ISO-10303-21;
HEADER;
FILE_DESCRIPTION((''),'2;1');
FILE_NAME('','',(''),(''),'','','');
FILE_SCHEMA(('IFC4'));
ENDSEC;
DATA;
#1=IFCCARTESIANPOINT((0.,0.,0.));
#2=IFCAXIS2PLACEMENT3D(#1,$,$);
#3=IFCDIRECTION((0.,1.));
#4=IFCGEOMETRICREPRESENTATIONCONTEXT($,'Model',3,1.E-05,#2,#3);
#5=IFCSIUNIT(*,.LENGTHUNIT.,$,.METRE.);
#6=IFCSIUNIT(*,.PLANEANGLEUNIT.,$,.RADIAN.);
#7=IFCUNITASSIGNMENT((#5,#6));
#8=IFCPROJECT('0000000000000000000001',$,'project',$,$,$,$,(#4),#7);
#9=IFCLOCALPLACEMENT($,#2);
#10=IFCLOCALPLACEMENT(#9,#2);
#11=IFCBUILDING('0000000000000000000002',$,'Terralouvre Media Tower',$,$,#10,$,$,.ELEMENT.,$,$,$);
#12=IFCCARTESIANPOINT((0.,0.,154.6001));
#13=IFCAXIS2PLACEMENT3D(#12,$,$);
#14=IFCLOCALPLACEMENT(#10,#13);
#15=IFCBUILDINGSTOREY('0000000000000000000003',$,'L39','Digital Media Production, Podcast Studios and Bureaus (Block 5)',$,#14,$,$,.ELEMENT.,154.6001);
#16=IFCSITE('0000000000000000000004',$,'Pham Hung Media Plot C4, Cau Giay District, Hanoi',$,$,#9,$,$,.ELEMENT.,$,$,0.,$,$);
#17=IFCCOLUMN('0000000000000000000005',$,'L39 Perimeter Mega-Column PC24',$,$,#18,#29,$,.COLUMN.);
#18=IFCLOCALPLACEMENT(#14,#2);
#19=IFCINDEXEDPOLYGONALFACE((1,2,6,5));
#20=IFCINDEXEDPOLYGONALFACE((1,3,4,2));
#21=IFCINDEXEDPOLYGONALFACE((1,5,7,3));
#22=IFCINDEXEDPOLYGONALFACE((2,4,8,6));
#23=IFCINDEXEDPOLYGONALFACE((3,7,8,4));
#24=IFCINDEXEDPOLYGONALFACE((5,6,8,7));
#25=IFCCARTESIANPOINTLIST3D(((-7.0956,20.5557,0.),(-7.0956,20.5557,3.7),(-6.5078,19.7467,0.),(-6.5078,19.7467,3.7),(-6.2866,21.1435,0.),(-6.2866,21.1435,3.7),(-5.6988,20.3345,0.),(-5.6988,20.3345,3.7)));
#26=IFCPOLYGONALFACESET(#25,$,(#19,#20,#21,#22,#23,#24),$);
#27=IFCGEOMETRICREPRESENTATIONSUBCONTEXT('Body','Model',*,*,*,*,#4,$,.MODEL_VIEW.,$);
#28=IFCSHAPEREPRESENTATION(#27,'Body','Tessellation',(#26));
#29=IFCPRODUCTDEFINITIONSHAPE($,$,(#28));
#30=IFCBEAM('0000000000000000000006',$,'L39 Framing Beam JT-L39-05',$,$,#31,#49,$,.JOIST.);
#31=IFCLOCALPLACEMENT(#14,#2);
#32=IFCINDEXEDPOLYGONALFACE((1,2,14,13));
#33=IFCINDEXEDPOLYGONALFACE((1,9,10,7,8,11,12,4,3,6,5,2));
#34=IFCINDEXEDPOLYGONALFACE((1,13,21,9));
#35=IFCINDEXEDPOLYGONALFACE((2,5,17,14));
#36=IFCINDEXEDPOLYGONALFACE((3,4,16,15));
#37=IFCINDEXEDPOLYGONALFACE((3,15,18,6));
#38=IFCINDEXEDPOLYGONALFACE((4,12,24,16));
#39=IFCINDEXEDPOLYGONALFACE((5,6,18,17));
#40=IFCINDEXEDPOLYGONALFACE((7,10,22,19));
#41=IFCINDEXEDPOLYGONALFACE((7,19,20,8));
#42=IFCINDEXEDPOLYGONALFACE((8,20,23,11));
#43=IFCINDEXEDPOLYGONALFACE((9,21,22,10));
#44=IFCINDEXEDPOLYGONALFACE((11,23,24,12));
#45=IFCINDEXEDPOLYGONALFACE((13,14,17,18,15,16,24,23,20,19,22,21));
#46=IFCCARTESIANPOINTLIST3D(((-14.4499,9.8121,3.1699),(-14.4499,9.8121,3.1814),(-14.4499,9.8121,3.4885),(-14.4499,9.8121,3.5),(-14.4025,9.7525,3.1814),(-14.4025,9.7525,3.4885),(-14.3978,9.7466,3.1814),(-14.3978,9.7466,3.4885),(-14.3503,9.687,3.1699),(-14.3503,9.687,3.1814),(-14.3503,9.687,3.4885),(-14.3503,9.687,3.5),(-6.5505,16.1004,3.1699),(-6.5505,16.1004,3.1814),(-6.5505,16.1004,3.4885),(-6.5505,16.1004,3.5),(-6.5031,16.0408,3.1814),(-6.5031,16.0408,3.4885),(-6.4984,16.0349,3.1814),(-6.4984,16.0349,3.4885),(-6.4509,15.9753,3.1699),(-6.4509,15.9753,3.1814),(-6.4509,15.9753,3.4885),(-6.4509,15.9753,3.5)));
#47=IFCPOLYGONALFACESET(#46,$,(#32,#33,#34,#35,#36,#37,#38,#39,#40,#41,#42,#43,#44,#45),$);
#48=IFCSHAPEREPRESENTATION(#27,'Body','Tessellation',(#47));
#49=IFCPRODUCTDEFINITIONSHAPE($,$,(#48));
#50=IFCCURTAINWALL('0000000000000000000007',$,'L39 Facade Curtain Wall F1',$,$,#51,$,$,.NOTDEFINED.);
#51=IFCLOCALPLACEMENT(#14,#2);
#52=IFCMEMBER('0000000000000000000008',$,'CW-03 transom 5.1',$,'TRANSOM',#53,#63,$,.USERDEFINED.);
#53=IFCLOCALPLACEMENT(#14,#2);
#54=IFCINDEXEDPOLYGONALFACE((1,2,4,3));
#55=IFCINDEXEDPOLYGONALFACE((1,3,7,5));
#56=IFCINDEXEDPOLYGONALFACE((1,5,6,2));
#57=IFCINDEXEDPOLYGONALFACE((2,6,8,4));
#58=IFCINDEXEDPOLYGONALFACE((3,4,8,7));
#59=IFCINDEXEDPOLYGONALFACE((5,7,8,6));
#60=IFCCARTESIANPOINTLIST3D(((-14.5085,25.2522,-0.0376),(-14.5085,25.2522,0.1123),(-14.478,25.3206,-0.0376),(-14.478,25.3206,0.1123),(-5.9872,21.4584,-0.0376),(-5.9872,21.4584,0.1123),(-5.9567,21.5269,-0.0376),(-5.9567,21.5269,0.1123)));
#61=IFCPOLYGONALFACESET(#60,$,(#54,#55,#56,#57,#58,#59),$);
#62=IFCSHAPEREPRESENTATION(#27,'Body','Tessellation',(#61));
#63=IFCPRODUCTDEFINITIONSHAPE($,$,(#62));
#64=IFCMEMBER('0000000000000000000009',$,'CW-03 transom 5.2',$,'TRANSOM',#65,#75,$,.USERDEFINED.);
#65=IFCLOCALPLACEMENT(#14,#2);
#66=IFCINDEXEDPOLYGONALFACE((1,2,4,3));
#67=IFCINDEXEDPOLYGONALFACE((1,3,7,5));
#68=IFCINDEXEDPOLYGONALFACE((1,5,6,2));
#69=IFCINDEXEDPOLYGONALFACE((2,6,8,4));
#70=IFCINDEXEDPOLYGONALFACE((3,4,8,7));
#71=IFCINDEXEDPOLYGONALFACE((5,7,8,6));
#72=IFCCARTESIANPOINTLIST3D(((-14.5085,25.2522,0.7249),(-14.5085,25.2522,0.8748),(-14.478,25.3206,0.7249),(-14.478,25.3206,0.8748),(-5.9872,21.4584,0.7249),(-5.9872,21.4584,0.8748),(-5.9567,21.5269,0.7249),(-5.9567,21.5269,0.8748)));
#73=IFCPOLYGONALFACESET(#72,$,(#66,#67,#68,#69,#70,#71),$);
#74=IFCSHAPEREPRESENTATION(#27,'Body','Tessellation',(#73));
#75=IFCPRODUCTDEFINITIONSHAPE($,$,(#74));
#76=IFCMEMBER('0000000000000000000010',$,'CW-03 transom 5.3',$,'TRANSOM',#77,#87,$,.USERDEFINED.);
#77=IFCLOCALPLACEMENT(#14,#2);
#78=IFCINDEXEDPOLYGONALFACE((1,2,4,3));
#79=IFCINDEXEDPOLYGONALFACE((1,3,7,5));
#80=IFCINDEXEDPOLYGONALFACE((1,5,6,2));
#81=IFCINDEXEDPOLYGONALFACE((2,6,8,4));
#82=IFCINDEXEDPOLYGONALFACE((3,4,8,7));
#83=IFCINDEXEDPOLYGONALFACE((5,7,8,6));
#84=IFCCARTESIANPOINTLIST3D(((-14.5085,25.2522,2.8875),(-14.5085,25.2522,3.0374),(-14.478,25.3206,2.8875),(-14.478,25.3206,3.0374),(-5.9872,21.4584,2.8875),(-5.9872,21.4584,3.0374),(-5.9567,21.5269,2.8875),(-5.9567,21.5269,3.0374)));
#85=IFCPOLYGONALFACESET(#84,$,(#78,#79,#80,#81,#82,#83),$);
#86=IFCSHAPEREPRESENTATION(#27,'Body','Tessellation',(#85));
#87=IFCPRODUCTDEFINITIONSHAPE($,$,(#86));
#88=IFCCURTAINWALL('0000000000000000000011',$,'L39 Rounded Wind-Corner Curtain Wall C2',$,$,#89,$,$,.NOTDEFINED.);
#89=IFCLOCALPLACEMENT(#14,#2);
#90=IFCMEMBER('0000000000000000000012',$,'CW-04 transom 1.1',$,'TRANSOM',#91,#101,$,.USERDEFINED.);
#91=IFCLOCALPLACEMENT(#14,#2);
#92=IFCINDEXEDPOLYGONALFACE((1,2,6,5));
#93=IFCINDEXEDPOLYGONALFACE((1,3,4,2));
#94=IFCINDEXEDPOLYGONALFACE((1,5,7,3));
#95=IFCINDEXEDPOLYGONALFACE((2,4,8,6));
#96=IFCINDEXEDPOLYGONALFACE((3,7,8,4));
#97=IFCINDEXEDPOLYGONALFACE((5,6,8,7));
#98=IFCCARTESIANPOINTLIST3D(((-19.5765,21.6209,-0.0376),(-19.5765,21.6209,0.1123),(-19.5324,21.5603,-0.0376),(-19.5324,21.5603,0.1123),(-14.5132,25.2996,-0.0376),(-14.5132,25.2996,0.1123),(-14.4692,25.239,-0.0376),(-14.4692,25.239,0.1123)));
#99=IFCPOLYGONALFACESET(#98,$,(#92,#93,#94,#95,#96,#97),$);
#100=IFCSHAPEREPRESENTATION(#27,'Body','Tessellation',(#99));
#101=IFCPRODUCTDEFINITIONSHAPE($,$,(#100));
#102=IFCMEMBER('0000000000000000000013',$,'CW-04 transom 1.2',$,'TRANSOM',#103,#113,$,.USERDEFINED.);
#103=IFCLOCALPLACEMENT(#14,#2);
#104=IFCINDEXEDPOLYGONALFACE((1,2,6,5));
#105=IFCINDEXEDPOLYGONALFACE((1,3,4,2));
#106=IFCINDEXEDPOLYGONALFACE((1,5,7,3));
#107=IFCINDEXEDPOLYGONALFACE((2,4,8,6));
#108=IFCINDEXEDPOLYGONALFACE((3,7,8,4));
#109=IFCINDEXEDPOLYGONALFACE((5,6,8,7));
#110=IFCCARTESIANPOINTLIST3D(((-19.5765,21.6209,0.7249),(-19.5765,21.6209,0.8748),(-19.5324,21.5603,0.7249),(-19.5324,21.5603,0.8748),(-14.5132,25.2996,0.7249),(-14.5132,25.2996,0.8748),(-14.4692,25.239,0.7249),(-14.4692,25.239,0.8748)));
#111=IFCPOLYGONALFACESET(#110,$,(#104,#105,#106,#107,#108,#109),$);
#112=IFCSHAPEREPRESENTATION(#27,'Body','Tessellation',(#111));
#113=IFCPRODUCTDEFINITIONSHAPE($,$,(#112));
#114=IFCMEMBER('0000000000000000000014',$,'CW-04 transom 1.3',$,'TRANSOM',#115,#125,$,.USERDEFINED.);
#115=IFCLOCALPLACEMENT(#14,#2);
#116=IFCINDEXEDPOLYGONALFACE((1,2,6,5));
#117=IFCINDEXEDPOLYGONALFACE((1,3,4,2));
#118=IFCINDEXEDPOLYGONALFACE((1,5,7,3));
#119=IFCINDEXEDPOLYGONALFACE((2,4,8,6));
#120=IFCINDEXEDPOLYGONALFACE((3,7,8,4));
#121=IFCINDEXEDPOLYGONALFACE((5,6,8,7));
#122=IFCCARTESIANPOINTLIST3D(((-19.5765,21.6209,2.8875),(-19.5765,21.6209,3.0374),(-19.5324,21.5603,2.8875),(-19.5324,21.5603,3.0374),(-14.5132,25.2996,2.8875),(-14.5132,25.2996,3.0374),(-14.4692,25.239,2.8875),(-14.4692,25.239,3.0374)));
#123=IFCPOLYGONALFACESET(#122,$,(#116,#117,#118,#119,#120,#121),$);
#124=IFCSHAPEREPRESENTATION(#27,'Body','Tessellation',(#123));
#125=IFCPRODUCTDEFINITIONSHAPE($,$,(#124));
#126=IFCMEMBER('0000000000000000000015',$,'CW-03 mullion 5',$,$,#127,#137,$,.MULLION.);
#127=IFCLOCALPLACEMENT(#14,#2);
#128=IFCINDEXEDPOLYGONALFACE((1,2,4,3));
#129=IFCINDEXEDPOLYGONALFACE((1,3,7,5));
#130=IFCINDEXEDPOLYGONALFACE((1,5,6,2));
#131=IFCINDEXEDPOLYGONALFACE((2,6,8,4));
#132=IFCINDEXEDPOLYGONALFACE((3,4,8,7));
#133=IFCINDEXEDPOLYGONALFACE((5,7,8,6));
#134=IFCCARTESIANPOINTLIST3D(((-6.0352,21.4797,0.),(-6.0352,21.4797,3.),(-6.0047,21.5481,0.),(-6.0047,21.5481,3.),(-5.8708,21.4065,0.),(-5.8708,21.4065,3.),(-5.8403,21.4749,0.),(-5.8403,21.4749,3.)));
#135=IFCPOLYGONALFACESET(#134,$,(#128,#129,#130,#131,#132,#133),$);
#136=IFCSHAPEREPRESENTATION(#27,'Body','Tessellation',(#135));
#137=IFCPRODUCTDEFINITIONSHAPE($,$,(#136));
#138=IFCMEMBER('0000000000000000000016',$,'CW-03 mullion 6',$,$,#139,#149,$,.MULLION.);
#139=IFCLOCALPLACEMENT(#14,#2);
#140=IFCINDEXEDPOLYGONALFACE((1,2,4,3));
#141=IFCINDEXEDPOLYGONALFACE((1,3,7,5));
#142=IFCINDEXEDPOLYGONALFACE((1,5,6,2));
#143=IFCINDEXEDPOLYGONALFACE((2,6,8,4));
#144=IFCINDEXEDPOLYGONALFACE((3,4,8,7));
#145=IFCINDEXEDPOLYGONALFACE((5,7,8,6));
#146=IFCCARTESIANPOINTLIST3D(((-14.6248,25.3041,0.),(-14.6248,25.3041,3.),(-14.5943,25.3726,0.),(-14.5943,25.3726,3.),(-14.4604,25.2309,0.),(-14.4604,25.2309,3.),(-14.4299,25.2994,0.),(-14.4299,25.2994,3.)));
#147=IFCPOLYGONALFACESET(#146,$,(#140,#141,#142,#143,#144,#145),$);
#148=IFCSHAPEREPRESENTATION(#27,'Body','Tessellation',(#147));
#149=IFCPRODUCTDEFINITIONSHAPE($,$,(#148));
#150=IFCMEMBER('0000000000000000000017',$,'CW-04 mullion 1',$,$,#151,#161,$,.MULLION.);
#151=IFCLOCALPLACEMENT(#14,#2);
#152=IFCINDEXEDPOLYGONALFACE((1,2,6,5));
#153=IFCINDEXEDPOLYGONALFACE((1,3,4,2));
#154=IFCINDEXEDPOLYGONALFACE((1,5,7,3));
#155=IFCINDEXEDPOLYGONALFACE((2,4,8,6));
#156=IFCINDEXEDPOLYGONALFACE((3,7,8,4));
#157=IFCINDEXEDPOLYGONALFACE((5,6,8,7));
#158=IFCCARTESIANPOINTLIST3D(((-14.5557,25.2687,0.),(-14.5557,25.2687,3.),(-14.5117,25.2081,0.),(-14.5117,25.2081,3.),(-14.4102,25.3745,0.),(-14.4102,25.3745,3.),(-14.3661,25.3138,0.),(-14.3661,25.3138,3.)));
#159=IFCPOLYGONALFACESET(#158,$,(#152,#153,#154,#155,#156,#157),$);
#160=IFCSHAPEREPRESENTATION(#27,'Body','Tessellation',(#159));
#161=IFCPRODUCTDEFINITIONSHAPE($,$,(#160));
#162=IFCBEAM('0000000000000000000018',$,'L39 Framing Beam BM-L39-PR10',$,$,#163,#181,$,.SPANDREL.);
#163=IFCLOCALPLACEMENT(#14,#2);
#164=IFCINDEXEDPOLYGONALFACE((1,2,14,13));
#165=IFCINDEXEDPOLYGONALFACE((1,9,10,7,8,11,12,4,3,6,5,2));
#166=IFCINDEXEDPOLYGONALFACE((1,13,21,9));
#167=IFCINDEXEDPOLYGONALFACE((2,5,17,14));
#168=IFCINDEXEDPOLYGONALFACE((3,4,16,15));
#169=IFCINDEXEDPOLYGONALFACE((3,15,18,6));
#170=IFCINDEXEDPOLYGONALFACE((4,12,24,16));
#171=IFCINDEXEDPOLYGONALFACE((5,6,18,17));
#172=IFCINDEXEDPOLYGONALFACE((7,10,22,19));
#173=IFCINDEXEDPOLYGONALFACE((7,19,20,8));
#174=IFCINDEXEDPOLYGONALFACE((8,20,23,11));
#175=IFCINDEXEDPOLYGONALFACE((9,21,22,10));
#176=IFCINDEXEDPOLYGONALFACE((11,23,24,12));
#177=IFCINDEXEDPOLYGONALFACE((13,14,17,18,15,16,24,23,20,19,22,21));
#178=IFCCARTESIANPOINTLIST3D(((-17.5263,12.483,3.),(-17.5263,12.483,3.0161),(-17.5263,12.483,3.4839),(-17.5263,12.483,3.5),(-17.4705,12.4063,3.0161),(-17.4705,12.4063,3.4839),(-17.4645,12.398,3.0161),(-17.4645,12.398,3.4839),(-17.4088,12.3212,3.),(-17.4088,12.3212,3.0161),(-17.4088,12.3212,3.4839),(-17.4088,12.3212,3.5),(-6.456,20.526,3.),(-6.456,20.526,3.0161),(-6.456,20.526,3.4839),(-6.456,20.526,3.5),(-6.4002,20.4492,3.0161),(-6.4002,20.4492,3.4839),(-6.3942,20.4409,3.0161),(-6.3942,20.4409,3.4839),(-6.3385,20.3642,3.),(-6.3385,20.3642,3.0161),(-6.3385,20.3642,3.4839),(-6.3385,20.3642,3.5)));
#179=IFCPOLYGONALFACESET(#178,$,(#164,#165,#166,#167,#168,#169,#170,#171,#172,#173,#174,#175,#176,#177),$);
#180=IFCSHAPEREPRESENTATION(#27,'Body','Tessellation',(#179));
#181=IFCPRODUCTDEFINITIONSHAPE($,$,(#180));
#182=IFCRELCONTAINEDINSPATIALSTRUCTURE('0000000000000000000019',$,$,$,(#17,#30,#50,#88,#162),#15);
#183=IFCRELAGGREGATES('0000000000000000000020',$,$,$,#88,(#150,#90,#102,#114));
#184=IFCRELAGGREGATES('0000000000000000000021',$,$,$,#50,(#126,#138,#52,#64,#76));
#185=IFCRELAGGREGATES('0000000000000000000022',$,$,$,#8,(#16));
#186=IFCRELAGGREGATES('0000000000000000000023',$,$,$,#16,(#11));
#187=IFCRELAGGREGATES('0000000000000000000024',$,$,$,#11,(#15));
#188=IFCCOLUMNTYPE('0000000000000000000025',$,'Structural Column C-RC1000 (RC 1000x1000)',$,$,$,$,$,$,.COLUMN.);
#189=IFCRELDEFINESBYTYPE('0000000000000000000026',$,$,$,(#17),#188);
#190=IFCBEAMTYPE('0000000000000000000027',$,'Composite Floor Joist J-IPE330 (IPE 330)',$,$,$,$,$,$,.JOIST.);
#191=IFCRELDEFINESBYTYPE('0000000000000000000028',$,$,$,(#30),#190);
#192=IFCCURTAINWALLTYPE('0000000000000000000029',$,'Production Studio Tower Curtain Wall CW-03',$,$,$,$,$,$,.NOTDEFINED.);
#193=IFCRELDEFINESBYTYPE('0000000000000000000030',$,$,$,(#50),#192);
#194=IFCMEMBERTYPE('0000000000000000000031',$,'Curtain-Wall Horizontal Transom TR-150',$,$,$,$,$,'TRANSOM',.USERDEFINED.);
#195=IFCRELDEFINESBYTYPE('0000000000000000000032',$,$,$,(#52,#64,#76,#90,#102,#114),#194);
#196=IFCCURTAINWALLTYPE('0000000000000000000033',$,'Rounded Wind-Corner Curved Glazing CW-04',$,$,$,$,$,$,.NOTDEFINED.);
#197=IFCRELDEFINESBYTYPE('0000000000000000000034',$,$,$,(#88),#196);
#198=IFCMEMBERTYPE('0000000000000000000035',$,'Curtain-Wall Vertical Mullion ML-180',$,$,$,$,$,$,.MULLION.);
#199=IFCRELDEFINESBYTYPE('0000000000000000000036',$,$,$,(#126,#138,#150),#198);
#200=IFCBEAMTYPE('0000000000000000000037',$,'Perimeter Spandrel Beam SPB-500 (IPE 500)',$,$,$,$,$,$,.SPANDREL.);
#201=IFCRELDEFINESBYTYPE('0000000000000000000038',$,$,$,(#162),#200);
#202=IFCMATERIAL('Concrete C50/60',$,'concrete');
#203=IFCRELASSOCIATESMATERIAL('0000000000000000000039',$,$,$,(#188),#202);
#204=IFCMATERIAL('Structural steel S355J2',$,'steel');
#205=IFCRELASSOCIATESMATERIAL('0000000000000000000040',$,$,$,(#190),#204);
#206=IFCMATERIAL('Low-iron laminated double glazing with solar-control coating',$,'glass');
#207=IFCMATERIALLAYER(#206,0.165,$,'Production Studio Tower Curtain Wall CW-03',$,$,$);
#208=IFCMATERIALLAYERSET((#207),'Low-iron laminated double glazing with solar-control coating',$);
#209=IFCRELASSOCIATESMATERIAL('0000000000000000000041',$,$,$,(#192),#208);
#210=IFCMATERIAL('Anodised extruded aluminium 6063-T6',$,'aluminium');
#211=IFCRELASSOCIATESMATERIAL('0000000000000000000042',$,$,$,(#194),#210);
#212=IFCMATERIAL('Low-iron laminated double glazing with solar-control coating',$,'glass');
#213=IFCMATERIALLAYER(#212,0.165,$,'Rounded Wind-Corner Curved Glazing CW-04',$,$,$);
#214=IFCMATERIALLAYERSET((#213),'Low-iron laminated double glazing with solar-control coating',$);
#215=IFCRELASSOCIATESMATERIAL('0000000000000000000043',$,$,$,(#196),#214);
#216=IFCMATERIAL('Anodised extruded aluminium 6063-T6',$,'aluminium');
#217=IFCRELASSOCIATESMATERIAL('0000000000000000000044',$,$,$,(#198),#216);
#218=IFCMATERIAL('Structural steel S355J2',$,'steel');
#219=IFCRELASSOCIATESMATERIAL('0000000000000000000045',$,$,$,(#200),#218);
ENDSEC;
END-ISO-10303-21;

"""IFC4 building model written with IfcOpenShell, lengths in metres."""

from ifc_helpers import new_model, si_unit, direction, frame, origin, origin_2d, place, context, subcontext, project, spatial, rectangle, i_section, extrude, material, layer, layer_set, material_profile, profile_set, type_object, element, aggregate, save


model = new_model("IFC4")

# Units and contexts
model_context = context("Model", 3, precision=1e-05, world=origin(), true_north=direction((0.0, 1.0)))
body_context = subcontext(model_context, "Body", "Model", "MODEL_VIEW")
ifc_project = project(units=[si_unit("LENGTHUNIT", "METRE"), si_unit("PLANEANGLEUNIT", "RADIAN")], contexts=[model_context])

# Site, building, storey
site_placement = place(None, origin())
site = spatial("IfcSite", under=ifc_project, at=site_placement, Name="Pham Hung Media Plot C4, Cau Giay District, Hanoi", CompositionType="ELEMENT", RefElevation=0.0)
building_placement = place(site_placement, origin())
building = spatial("IfcBuilding", under=site, at=building_placement, Name="Terralouvre Media Tower", CompositionType="ELEMENT")
storey_placement = place(building_placement, frame((0.0, 0.0, 154.6001)))
storey = spatial("IfcBuildingStorey", under=building, at=storey_placement, Name="L39", Description="Digital Media Production, Podcast Studios and Bureaus (Block 5)", CompositionType="ELEMENT", Elevation=154.6001)

# Column
ifc_material_1 = material(Name="Concrete C50/60", Category="concrete")
ifc_material_profile_1 = material_profile(ifc_material_1, rectangle(XDim=1.0, YDim=1.0, at=origin_2d()), Name="RC 1000x1000")
ifc_profile_set_1 = profile_set([ifc_material_profile_1], Name="Concrete C50/60")
column_type = type_object("IfcColumnType", Name="Structural Column C-RC1000 (RC 1000x1000)", PredefinedType="COLUMN", material=ifc_profile_set_1)
column_placement = place(storey_placement, frame((-6.3972, 20.4451, 0.0), z_axis=(0.0, 0.0, 1.0), x_axis=(0.809017, 0.587785, 0.0)))
element("IfcColumn", 1, at=column_placement, inside=storey, type_object=column_type, Name="L39 Perimeter Mega-Column PC24", PredefinedType="COLUMN", context=body_context, shape_type="SweptSolid", body=[
    extrude(rectangle(XDim=1.0, YDim=1.0, at=origin_2d()), origin(), (0.0, 0.0, 1.0), 3.7),
])

# Beam
ifc_material_2 = material(Name="Structural steel S355J2", Category="steel")
ifc_material_profile_2 = material_profile(ifc_material_2, i_section(OverallWidth=0.1599, OverallDepth=0.3301, WebThickness=0.0076, FlangeThickness=0.0115, at=origin_2d()), Name="IPE 330")
ifc_profile_set_2 = profile_set([ifc_material_profile_2], Name="Structural steel S355J2")
beam_type_1 = type_object("IfcBeamType", Name="Composite Floor Joist J-IPE330 (IPE 330)", PredefinedType="JOIST", material=ifc_profile_set_2)
beam_1_placement = place(storey_placement, frame((-6.5007, 16.0378, 3.335), z_axis=(-0.782374, -0.622809, 0.0), x_axis=(0.622809, -0.782374, 0.0)))
element("IfcBeam", 2, at=beam_1_placement, inside=storey, type_object=beam_type_1, Name="L39 Framing Beam JT-L39-05", PredefinedType="JOIST", context=body_context, shape_type="SweptSolid", body=[
    extrude(i_section(OverallWidth=0.1599, OverallDepth=0.3301, WebThickness=0.0076, FlangeThickness=0.0115, at=origin_2d()), origin(), (0.0, 0.0, 1.0), 10.0967),
])

# Curtain walls, members
ifc_material_3 = material(Name="Low-iron laminated double glazing with solar-control coating", Category="glass")
ifc_layer_1 = layer(ifc_material_3, 0.165, Name="Production Studio Tower Curtain Wall CW-03")
ifc_layer_set_1 = layer_set([ifc_layer_1], Name="Low-iron laminated double glazing with solar-control coating")
curtain_wall_type_1 = type_object("IfcCurtainWallType", Name="Production Studio Tower Curtain Wall CW-03", PredefinedType="NOTDEFINED", material=ifc_layer_set_1)
curtain_wall_1_placement = place(storey_placement, origin())
curtain_wall_1 = element("IfcCurtainWall", 3, at=curtain_wall_1_placement, inside=storey, type_object=curtain_wall_type_1, Name="L39 Facade Curtain Wall F1", PredefinedType="NOTDEFINED")
ifc_material_4 = material(Name="Anodised extruded aluminium 6063-T6", Category="aluminium")
ifc_material_profile_3 = material_profile(ifc_material_4, rectangle(XDim=0.075, YDim=0.1499, at=origin_2d()), Name="ALU 75x150")
ifc_profile_set_3 = profile_set([ifc_material_profile_3], Name="Anodised extruded aluminium 6063-T6")
member_type_1 = type_object("IfcMemberType", Name="Curtain-Wall Horizontal Transom TR-150", ElementType="TRANSOM", PredefinedType="USERDEFINED", material=ifc_profile_set_3)
member_1_placement = place(storey_placement, frame((-5.9719, 21.4927, 0.0374), z_axis=(-0.913553, 0.406719, 0.0), x_axis=(-0.406719, -0.913553, 0.0)))
member_1 = element("IfcMember", 4, at=member_1_placement, type_object=member_type_1, Name="CW-03 transom 5.1", ObjectType="TRANSOM", PredefinedType="USERDEFINED", context=body_context, shape_type="SweptSolid", body=[
    extrude(rectangle(XDim=0.075, YDim=0.1499, at=origin_2d()), origin(), (0.0, 0.0, 1.0), 9.3276),
])
member_2_placement = place(storey_placement, frame((-5.9719, 21.4927, 0.7998), z_axis=(-0.913553, 0.406719, 0.0), x_axis=(-0.406719, -0.913553, 0.0)))
member_2 = element("IfcMember", 5, at=member_2_placement, type_object=member_type_1, Name="CW-03 transom 5.2", ObjectType="TRANSOM", PredefinedType="USERDEFINED", context=body_context, shape_type="SweptSolid", body=[
    extrude(rectangle(XDim=0.075, YDim=0.1499, at=origin_2d()), origin(), (0.0, 0.0, 1.0), 9.3276),
])
member_3_placement = place(storey_placement, frame((-5.9719, 21.4927, 2.9624), z_axis=(-0.913553, 0.406719, 0.0), x_axis=(-0.406719, -0.913553, 0.0)))
member_3 = element("IfcMember", 6, at=member_3_placement, type_object=member_type_1, Name="CW-03 transom 5.3", ObjectType="TRANSOM", PredefinedType="USERDEFINED", context=body_context, shape_type="SweptSolid", body=[
    extrude(rectangle(XDim=0.075, YDim=0.1499, at=origin_2d()), origin(), (0.0, 0.0, 1.0), 9.3276),
])
ifc_material_5 = material(Name="Low-iron laminated double glazing with solar-control coating", Category="glass")
ifc_layer_2 = layer(ifc_material_5, 0.165, Name="Rounded Wind-Corner Curved Glazing CW-04")
ifc_layer_set_2 = layer_set([ifc_layer_2], Name="Low-iron laminated double glazing with solar-control coating")
curtain_wall_type_2 = type_object("IfcCurtainWallType", Name="Rounded Wind-Corner Curved Glazing CW-04", PredefinedType="NOTDEFINED", material=ifc_layer_set_2)
curtain_wall_2_placement = place(storey_placement, origin())
curtain_wall_2 = element("IfcCurtainWall", 7, at=curtain_wall_2_placement, inside=storey, type_object=curtain_wall_type_2, Name="L39 Rounded Wind-Corner Curtain Wall C2", PredefinedType="NOTDEFINED")
member_4_placement = place(storey_placement, frame((-14.4912, 25.2693, 0.0374), z_axis=(-0.809013, -0.587791, 0.0), x_axis=(0.587791, -0.809013, 0.0)))
member_4 = element("IfcMember", 8, at=member_4_placement, type_object=member_type_1, Name="CW-04 transom 1.1", ObjectType="TRANSOM", PredefinedType="USERDEFINED", context=body_context, shape_type="SweptSolid", body=[
    extrude(rectangle(XDim=0.075, YDim=0.1499, at=origin_2d()), origin(), (0.0, 0.0, 1.0), 6.2585),
])
member_5_placement = place(storey_placement, frame((-14.4912, 25.2693, 0.7998), z_axis=(-0.809013, -0.587791, 0.0), x_axis=(0.587791, -0.809013, 0.0)))
member_5 = element("IfcMember", 9, at=member_5_placement, type_object=member_type_1, Name="CW-04 transom 1.2", ObjectType="TRANSOM", PredefinedType="USERDEFINED", context=body_context, shape_type="SweptSolid", body=[
    extrude(rectangle(XDim=0.075, YDim=0.1499, at=origin_2d()), origin(), (0.0, 0.0, 1.0), 6.2585),
])
member_6_placement = place(storey_placement, frame((-14.4912, 25.2693, 2.9624), z_axis=(-0.809013, -0.587791, 0.0), x_axis=(0.587791, -0.809013, 0.0)))
member_6 = element("IfcMember", 10, at=member_6_placement, type_object=member_type_1, Name="CW-04 transom 1.3", ObjectType="TRANSOM", PredefinedType="USERDEFINED", context=body_context, shape_type="SweptSolid", body=[
    extrude(rectangle(XDim=0.075, YDim=0.1499, at=origin_2d()), origin(), (0.0, 0.0, 1.0), 6.2585),
])

# Members
ifc_material_6 = material(Name="Anodised extruded aluminium 6063-T6", Category="aluminium")
ifc_material_profile_4 = material_profile(ifc_material_6, rectangle(XDim=0.075, YDim=0.1799, at=origin_2d()), Name="ALU 75x180")
ifc_profile_set_4 = profile_set([ifc_material_profile_4], Name="Anodised extruded aluminium 6063-T6")
member_type_2 = type_object("IfcMemberType", Name="Curtain-Wall Vertical Mullion ML-180", PredefinedType="MULLION", material=ifc_profile_set_4)
member_7_placement = place(storey_placement, frame((-5.9377, 21.4773, 0.0), z_axis=(0.0, 0.0, 1.0), x_axis=(-0.406737, -0.913545, 0.0)))
member_7 = element("IfcMember", 11, at=member_7_placement, type_object=member_type_2, Name="CW-03 mullion 5", PredefinedType="MULLION", context=body_context, shape_type="SweptSolid", body=[
    extrude(rectangle(XDim=0.075, YDim=0.1799, at=origin_2d()), origin(), (0.0, 0.0, 1.0), 3.0),
])
member_8_placement = place(storey_placement, frame((-14.5273, 25.3018, 0.0), z_axis=(0.0, 0.0, 1.0), x_axis=(-0.406737, -0.913545, 0.0)))
member_8 = element("IfcMember", 12, at=member_8_placement, type_object=member_type_2, Name="CW-03 mullion 6", PredefinedType="MULLION", context=body_context, shape_type="SweptSolid", body=[
    extrude(rectangle(XDim=0.075, YDim=0.1799, at=origin_2d()), origin(), (0.0, 0.0, 1.0), 3.0),
])
member_9_placement = place(storey_placement, frame((-14.4609, 25.2913, 0.0), z_axis=(0.0, 0.0, 1.0), x_axis=(0.587785, -0.809017, 0.0)))
member_9 = element("IfcMember", 13, at=member_9_placement, type_object=member_type_2, Name="CW-04 mullion 1", PredefinedType="MULLION", context=body_context, shape_type="SweptSolid", body=[
    extrude(rectangle(XDim=0.075, YDim=0.1799, at=origin_2d()), origin(), (0.0, 0.0, 1.0), 3.0),
])
aggregate(curtain_wall_2, [member_9, member_4, member_5, member_6])

# Beam
ifc_material_7 = material(Name="Structural steel S355J2", Category="steel")
ifc_material_profile_5 = material_profile(ifc_material_7, i_section(OverallWidth=0.2, OverallDepth=0.5, WebThickness=0.0103, FlangeThickness=0.0161, at=origin_2d()), Name="IPE 500")
ifc_profile_set_5 = profile_set([ifc_material_profile_5], Name="Structural steel S355J2")
beam_type_2 = type_object("IfcBeamType", Name="Perimeter Spandrel Beam SPB-500 (IPE 500)", PredefinedType="SPANDREL", material=ifc_profile_set_5)
beam_2_placement = place(storey_placement, frame((-6.3972, 20.4451, 3.25), z_axis=(-0.80902, -0.587781, 0.0), x_axis=(0.587781, -0.80902, 0.0)))
element("IfcBeam", 14, at=beam_2_placement, inside=storey, type_object=beam_type_2, Name="L39 Framing Beam BM-L39-PR10", PredefinedType="SPANDREL", context=body_context, shape_type="SweptSolid", body=[
    extrude(i_section(OverallWidth=0.2, OverallDepth=0.5, WebThickness=0.0103, FlangeThickness=0.0161, at=origin_2d()), origin(), (0.0, 0.0, 1.0), 13.6836),
])

aggregate(curtain_wall_1, [member_7, member_8, member_1, member_2, member_3])

save(model, "model.ifc")
